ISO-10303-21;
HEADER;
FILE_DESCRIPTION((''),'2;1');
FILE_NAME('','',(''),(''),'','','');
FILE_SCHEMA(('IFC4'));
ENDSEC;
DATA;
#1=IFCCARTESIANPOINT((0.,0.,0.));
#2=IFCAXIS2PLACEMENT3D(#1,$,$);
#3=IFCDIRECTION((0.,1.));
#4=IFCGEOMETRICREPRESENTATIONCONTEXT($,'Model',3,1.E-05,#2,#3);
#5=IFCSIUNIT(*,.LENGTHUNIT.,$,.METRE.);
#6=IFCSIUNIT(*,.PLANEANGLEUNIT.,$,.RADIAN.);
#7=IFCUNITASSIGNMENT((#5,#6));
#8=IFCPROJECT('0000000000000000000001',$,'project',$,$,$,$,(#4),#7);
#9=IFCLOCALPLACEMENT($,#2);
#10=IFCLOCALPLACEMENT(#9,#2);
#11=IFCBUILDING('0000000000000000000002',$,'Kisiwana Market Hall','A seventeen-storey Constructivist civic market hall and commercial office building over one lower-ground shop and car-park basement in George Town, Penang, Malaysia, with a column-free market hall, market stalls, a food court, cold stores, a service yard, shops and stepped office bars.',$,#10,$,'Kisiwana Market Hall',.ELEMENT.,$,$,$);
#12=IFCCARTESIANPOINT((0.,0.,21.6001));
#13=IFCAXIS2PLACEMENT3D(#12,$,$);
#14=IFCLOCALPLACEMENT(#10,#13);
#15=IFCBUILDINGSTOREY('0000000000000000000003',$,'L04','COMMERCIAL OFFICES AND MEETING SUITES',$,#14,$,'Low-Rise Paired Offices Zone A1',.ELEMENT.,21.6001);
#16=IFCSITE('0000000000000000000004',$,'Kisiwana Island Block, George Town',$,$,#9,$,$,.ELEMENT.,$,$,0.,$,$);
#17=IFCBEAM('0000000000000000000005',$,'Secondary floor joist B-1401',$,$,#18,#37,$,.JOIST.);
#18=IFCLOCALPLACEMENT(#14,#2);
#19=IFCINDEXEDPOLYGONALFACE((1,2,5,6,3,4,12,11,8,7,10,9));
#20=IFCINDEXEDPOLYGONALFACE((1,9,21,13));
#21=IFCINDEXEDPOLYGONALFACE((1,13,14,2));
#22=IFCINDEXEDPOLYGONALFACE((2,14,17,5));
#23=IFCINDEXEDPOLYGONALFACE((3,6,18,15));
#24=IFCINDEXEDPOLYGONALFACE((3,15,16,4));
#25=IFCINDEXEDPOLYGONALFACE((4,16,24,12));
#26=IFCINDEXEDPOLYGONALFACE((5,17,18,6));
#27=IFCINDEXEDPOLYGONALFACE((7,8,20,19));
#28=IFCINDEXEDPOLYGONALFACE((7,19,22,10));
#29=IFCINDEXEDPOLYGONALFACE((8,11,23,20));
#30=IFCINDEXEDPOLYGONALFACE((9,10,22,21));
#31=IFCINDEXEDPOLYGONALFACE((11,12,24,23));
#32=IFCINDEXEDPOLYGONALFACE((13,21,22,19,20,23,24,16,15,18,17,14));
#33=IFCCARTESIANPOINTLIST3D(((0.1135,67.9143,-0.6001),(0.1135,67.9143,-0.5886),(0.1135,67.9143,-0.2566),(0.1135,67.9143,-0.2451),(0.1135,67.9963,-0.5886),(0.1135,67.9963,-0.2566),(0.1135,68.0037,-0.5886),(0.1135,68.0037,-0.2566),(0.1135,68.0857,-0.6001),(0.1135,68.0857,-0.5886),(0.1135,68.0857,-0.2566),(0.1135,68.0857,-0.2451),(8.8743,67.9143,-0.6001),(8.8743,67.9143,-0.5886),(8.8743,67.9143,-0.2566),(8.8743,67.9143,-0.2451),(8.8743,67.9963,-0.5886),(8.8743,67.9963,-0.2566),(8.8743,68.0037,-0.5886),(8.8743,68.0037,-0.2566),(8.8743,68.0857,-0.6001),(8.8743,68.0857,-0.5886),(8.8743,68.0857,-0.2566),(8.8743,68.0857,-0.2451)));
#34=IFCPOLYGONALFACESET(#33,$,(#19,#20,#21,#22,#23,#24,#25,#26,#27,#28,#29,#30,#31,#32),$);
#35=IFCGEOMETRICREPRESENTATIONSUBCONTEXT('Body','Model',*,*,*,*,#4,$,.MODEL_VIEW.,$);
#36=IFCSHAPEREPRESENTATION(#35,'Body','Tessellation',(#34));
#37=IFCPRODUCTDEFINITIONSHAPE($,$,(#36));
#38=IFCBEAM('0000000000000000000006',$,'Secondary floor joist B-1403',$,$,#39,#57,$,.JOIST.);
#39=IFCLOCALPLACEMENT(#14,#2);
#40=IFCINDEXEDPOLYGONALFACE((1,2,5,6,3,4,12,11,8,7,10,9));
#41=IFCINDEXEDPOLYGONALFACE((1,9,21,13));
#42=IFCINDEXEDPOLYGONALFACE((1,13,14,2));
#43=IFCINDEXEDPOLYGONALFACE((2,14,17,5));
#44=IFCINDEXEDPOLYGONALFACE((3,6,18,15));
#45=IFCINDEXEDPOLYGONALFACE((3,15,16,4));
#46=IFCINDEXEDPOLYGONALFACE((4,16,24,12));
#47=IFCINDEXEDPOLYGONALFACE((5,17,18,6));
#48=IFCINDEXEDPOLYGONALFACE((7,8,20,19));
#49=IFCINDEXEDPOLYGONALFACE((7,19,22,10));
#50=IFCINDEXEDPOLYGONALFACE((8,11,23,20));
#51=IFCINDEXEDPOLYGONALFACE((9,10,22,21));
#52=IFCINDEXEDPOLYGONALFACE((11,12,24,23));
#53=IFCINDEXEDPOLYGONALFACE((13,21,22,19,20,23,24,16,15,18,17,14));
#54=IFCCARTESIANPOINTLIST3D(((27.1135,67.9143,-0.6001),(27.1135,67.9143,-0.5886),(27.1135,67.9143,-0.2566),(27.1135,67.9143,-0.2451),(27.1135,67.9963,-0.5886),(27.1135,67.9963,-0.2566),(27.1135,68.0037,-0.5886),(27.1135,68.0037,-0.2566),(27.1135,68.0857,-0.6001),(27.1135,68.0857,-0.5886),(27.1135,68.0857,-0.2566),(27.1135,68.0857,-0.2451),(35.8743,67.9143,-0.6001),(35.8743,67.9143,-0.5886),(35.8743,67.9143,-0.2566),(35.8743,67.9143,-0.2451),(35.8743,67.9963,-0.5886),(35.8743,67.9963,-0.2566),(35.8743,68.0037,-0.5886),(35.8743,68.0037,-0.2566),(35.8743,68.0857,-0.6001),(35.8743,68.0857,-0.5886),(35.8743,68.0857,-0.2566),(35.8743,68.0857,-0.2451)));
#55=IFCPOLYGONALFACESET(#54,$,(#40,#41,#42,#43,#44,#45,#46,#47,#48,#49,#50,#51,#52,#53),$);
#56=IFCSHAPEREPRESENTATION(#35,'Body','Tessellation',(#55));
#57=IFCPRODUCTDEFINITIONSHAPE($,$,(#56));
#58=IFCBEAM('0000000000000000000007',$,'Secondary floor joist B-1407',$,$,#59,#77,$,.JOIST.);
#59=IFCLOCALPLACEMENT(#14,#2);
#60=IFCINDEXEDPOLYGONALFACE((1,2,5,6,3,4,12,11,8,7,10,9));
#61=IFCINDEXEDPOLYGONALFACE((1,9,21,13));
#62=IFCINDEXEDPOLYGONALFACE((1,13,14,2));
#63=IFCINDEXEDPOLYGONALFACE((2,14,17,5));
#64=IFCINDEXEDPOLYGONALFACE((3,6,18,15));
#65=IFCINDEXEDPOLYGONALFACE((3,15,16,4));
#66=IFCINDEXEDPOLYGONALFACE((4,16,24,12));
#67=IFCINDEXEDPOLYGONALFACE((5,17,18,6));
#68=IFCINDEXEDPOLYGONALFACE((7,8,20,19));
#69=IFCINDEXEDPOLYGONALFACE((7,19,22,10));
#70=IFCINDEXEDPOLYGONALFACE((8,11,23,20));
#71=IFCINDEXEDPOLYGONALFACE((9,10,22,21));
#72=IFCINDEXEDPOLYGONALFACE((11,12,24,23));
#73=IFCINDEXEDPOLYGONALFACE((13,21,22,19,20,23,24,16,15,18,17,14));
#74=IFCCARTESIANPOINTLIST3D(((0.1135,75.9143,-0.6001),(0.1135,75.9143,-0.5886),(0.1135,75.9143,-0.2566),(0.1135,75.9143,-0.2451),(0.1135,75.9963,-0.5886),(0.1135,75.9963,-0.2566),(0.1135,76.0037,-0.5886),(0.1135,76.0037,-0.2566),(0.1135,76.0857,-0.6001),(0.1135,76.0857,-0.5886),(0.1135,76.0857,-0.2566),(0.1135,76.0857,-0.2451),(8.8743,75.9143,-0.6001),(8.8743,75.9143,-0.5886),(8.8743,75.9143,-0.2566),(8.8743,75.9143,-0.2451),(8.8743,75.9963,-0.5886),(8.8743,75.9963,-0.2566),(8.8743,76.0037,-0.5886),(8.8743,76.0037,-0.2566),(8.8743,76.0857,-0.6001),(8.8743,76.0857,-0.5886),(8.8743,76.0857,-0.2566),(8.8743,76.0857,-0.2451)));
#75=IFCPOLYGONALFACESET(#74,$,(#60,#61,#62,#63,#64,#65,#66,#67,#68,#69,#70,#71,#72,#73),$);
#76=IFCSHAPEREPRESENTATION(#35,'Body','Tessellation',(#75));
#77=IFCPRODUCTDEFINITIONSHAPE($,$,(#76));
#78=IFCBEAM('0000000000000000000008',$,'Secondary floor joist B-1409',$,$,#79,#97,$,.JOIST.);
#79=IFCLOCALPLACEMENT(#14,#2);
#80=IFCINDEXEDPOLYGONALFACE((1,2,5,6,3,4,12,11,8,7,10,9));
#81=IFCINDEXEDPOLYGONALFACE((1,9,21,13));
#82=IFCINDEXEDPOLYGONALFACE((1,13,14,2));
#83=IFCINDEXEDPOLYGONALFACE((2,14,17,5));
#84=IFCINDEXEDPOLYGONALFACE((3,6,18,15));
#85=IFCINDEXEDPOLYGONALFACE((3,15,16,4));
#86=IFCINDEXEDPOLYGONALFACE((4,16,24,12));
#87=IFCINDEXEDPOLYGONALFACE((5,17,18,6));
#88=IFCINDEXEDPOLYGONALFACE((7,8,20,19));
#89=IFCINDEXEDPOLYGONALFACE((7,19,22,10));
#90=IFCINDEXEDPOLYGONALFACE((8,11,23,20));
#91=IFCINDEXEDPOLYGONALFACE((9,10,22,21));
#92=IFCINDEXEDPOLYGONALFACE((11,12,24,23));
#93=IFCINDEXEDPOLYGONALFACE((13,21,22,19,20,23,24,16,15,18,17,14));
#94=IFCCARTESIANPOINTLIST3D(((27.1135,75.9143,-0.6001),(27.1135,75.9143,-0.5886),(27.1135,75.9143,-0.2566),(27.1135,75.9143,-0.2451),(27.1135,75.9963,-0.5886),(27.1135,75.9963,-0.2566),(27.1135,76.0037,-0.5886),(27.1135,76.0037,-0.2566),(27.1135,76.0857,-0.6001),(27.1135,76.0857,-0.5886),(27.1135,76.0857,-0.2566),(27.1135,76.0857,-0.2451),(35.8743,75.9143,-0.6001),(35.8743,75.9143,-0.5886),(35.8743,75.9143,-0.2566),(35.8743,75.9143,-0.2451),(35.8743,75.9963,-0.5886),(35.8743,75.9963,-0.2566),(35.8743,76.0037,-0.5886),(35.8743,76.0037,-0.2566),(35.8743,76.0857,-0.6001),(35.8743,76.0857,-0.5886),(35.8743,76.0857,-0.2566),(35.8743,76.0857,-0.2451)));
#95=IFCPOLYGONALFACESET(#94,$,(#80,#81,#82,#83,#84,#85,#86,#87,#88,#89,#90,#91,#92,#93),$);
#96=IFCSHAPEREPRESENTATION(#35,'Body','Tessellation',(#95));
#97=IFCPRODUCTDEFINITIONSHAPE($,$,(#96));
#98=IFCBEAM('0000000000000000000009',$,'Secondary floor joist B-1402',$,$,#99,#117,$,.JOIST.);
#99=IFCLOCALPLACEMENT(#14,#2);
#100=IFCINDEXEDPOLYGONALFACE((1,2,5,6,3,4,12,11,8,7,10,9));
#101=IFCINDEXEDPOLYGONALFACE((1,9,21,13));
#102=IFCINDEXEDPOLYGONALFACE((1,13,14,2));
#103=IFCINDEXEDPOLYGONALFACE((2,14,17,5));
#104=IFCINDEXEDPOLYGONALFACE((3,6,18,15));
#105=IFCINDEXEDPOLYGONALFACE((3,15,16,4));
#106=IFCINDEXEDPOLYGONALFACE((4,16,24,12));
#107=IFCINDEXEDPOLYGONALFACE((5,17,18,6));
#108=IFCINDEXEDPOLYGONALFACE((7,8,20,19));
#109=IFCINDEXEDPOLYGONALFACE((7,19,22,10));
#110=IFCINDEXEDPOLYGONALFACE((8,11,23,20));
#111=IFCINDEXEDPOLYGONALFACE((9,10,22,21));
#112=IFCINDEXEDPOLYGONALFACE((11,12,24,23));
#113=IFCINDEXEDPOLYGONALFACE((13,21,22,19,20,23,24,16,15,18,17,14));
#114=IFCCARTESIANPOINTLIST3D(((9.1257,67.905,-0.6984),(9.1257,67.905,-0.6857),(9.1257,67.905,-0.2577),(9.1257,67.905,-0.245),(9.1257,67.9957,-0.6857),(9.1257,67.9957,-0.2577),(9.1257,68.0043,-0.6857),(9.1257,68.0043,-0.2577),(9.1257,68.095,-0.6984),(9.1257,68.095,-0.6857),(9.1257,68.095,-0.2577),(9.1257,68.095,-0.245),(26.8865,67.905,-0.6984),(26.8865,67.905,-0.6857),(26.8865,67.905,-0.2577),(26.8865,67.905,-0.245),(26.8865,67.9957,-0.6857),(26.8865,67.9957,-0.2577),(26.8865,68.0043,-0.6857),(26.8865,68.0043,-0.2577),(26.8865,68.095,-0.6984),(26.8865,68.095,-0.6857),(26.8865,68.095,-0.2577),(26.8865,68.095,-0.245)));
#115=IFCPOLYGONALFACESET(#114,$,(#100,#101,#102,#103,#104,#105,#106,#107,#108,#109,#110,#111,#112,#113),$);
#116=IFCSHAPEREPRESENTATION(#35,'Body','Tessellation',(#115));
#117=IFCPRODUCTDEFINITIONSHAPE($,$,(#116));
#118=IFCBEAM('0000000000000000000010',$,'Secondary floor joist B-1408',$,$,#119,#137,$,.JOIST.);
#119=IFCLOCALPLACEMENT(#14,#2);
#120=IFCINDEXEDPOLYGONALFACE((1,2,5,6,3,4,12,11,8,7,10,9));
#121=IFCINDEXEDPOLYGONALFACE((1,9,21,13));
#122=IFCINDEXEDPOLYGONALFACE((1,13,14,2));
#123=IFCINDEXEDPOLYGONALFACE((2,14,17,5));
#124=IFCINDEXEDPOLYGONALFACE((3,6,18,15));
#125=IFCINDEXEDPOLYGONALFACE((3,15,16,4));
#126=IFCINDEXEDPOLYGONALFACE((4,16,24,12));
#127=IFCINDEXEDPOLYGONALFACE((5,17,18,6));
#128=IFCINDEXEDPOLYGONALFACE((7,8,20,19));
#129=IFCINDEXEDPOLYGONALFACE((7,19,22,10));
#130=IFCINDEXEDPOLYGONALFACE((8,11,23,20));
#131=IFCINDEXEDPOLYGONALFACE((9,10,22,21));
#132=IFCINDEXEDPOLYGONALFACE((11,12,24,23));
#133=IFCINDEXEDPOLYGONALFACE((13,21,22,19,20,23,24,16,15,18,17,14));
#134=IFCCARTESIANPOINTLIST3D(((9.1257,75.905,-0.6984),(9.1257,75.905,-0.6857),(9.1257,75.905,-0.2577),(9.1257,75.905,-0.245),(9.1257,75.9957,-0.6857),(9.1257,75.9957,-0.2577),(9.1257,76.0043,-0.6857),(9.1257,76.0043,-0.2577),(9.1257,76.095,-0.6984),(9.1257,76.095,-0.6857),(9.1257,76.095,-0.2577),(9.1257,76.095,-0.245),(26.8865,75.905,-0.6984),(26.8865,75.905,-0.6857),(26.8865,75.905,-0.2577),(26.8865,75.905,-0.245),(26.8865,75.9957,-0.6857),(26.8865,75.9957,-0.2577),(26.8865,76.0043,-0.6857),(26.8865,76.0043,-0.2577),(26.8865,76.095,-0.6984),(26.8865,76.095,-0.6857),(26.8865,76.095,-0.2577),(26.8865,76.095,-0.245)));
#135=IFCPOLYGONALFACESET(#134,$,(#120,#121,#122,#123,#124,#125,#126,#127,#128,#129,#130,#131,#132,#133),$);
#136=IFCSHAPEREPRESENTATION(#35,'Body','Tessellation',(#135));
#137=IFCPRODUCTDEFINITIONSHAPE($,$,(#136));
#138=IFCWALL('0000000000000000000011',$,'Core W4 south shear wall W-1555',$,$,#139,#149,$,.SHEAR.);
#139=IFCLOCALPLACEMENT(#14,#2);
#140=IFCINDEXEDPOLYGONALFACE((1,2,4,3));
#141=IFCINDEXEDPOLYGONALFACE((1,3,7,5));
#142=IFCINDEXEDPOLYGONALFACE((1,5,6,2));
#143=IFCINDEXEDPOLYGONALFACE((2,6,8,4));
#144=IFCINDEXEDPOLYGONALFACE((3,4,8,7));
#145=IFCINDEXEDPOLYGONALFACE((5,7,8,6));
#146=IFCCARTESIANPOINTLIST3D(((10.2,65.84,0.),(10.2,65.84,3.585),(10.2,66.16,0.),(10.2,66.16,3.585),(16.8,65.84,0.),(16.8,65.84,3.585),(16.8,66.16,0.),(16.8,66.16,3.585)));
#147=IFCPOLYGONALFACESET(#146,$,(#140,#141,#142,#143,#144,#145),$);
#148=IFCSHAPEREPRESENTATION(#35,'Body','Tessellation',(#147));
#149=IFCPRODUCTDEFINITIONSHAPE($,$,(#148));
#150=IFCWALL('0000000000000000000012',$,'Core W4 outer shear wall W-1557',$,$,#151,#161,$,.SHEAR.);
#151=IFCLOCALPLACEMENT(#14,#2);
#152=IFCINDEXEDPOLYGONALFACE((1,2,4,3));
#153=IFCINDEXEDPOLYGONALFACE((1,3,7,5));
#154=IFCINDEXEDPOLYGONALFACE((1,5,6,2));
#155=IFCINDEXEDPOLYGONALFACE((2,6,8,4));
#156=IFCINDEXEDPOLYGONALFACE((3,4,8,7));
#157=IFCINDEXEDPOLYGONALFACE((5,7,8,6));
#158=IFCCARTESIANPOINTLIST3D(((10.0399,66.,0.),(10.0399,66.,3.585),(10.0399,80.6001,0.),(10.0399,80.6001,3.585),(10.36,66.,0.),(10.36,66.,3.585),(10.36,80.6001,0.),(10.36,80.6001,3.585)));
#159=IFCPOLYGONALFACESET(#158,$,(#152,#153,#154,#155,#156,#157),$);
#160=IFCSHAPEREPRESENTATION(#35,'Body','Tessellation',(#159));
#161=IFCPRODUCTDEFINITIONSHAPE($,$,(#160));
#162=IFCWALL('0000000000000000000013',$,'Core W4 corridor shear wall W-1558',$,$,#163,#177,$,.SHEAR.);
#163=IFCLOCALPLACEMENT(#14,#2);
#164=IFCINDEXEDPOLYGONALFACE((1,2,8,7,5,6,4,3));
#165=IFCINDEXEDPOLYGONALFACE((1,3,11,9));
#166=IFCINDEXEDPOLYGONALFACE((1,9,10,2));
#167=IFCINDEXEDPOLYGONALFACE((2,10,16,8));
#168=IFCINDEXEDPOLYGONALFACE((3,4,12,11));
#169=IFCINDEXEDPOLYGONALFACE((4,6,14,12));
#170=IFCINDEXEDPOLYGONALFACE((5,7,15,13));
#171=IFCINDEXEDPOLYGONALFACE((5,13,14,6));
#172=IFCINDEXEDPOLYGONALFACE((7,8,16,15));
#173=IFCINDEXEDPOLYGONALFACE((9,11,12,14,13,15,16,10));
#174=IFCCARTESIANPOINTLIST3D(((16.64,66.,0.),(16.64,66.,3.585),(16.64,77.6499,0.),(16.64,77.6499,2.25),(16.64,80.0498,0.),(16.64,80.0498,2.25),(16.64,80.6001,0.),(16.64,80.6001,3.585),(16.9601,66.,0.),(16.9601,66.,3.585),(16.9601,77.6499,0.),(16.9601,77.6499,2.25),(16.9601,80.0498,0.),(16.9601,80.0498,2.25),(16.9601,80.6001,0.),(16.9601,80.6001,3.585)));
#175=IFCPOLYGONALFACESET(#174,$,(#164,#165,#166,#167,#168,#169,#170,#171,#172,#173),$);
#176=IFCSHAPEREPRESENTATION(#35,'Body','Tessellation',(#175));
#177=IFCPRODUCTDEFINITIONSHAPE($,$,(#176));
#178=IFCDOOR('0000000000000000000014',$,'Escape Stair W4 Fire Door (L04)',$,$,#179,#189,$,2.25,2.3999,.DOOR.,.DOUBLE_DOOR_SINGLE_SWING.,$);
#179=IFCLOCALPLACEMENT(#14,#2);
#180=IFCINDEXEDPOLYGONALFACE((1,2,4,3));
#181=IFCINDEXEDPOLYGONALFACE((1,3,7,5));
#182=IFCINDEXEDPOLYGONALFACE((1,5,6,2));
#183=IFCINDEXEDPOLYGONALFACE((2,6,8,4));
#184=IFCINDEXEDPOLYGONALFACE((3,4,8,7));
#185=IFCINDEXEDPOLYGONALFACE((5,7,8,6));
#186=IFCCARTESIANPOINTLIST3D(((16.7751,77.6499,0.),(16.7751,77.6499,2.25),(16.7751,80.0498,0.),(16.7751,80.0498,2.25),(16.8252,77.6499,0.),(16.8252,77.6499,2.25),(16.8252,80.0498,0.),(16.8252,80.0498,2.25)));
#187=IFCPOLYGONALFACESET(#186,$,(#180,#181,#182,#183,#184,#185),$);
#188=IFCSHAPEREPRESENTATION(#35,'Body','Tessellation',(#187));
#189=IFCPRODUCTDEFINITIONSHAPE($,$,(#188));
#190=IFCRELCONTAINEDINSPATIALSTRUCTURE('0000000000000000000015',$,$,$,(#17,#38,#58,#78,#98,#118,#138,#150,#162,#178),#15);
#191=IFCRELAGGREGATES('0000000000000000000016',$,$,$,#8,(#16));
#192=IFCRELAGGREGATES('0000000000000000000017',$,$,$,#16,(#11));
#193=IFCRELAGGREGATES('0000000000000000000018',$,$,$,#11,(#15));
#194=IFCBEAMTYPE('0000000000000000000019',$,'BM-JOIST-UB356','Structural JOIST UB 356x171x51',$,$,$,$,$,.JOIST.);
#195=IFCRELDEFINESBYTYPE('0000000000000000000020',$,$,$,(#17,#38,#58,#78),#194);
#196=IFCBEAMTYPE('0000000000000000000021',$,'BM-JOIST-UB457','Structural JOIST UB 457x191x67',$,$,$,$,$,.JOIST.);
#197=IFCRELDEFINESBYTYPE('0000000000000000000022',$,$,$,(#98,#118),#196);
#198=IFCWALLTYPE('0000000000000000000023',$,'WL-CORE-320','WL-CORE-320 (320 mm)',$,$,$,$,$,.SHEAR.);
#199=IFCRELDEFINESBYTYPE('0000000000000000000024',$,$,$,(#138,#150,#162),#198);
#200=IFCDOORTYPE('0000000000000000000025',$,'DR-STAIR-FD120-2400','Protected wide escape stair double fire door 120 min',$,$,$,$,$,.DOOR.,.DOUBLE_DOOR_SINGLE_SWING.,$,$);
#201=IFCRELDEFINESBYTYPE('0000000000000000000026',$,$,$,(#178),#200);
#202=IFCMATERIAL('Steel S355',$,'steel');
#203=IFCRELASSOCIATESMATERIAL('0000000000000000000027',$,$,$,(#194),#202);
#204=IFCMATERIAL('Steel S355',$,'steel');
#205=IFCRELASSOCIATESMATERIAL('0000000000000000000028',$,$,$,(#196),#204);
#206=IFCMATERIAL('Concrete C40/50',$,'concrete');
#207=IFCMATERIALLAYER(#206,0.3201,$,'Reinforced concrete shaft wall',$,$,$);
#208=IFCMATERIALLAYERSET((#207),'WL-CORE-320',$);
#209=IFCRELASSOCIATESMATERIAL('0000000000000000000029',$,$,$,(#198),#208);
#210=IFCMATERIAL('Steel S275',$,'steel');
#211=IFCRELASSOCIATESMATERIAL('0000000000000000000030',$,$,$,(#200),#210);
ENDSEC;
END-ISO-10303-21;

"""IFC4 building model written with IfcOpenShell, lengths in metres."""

from ifc_helpers import new_model, si_unit, direction, frame, frame_2d, origin, origin_2d, place, context, subcontext, project, spatial, rectangle, i_section, extrude, material, layer, layer_set, material_profile, profile_set, type_object, element, fill, save


model = new_model("IFC4")

# Units and contexts
model_context = context("Model", 3, precision=1e-05, world=origin(), true_north=direction((0.0, 1.0)))
body_context = subcontext(model_context, "Body", "Model", "MODEL_VIEW")
ifc_project = project(units=[si_unit("LENGTHUNIT", "METRE"), si_unit("PLANEANGLEUNIT", "RADIAN")], contexts=[model_context])

# Site, building, storey
site_placement = place(None, origin())
site = spatial("IfcSite", under=ifc_project, at=site_placement, Name="Kisiwana Island Block, George Town", CompositionType="ELEMENT", RefElevation=0.0)
building_placement = place(site_placement, origin())
building = spatial("IfcBuilding", under=site, at=building_placement, Name="Kisiwana Market Hall", Description="A seventeen-storey Constructivist civic market hall and commercial office building over one lower-ground shop and car-park basement in George Town, Penang, Malaysia, with a column-free market hall, market stalls, a food court, cold stores, a service yard, shops and stepped office bars.", LongName="Kisiwana Market Hall", CompositionType="ELEMENT")
storey_placement = place(building_placement, frame((0.0, 0.0, 21.6001)))
storey = spatial("IfcBuildingStorey", under=building, at=storey_placement, Name="L04", Description="COMMERCIAL OFFICES AND MEETING SUITES", LongName="Low-Rise Paired Offices Zone A1", CompositionType="ELEMENT", Elevation=21.6001)

# Beams
ifc_material_1 = material(Name="Steel S355", Category="steel")
ifc_material_profile_1 = material_profile(ifc_material_1, i_section(OverallWidth=0.1714, OverallDepth=0.355, WebThickness=0.0073, FlangeThickness=0.0115, at=origin_2d()), Name="UB 356x171x51")
ifc_profile_set_1 = profile_set([ifc_material_profile_1], Name="Steel S355")
beam_type_1 = type_object("IfcBeamType", Name="BM-JOIST-UB356", Description="Structural JOIST UB 356x171x51", PredefinedType="JOIST", material=ifc_profile_set_1)
for number, where, z_axis, x_axis, name in (
    (1, (0.1135, 68.0, -0.4226), (1.0, 0.0, 0.0), (0.0, 1.0, 0.0), "Secondary floor joist B-1401"),
    (2, (27.1135, 68.0, -0.4226), (1.0, 0.0, 0.0), (0.0, 1.0, 0.0), "Secondary floor joist B-1403"),
    (3, (0.1135, 76.0, -0.4226), (1.0, 0.0, 0.0), (0.0, 1.0, 0.0), "Secondary floor joist B-1407"),
    (4, (27.1135, 76.0, -0.4226), (1.0, 0.0, 0.0), (0.0, 1.0, 0.0), "Secondary floor joist B-1409"),
):
    element("IfcBeam", number, at=place(storey_placement, frame(where, z_axis=z_axis, x_axis=x_axis)), inside=storey, type_object=beam_type_1, Name=name, PredefinedType="JOIST", context=body_context, shape_type="SweptSolid", body=[
        extrude(i_section(OverallWidth=0.1714, OverallDepth=0.355, WebThickness=0.0073, FlangeThickness=0.0115, at=origin_2d()), origin(), (0.0, 0.0, 1.0), 8.7607),
    ])
ifc_material_2 = material(Name="Steel S355", Category="steel")
ifc_material_profile_2 = material_profile(ifc_material_2, i_section(OverallWidth=0.1899, OverallDepth=0.4534, WebThickness=0.0085, FlangeThickness=0.0127, at=origin_2d()), Name="UB 457x191x67")
ifc_profile_set_2 = profile_set([ifc_material_profile_2], Name="Steel S355")
beam_type_2 = type_object("IfcBeamType", Name="BM-JOIST-UB457", Description="Structural JOIST UB 457x191x67", PredefinedType="JOIST", material=ifc_profile_set_2)
for number, where, z_axis, x_axis, name in (
    (5, (9.1257, 68.0, -0.4717), (1.0, 0.0, 0.0), (0.0, 1.0, 0.0), "Secondary floor joist B-1402"),
    (6, (9.1257, 76.0, -0.4717), (1.0, 0.0, 0.0), (0.0, 1.0, 0.0), "Secondary floor joist B-1408"),
):
    element("IfcBeam", number, at=place(storey_placement, frame(where, z_axis=z_axis, x_axis=x_axis)), inside=storey, type_object=beam_type_2, Name=name, PredefinedType="JOIST", context=body_context, shape_type="SweptSolid", body=[
        extrude(i_section(OverallWidth=0.1899, OverallDepth=0.4534, WebThickness=0.0085, FlangeThickness=0.0127, at=origin_2d()), origin(), (0.0, 0.0, 1.0), 17.7607),
    ])

# Walls
ifc_material_3 = material(Name="Concrete C40/50", Category="concrete")
ifc_layer_1 = layer(ifc_material_3, 0.3201, Name="Reinforced concrete shaft wall")
ifc_layer_set_1 = layer_set([ifc_layer_1], Name="WL-CORE-320")
wall_type_1 = type_object("IfcWallType", Name="WL-CORE-320", Description="WL-CORE-320 (320 mm)", PredefinedType="SHEAR", material=ifc_layer_set_1)
wall_1_placement = place(storey_placement, frame((10.2, 66.0, 0.0), z_axis=(0.0, 0.0, 1.0), x_axis=(1.0, 0.0, 0.0)))
element("IfcWall", 7, at=wall_1_placement, inside=storey, type_object=wall_type_1, Name="Core W4 south shear wall W-1555", PredefinedType="SHEAR", context=body_context, shape_type="SweptSolid", body=[
    extrude(rectangle(XDim=6.6001, YDim=0.3201, at=frame_2d((3.3, 0.0))), origin(), (0.0, 0.0, 1.0), 3.585),
])
wall_2_placement = place(storey_placement, frame((10.2, 66.0, 0.0), z_axis=(0.0, 0.0, 1.0), x_axis=(0.0, 1.0, 0.0)))
element("IfcWall", 8, at=wall_2_placement, inside=storey, type_object=wall_type_1, Name="Core W4 outer shear wall W-1557", PredefinedType="SHEAR", context=body_context, shape_type="SweptSolid", body=[
    extrude(rectangle(XDim=14.6001, YDim=0.3201, at=frame_2d((7.3, 0.0))), origin(), (0.0, 0.0, 1.0), 3.585),
])

# Wall, opening, door
wall_3_placement = place(storey_placement, frame((16.8, 66.0, 0.0), z_axis=(0.0, 0.0, 1.0), x_axis=(0.0, 1.0, 0.0)))
wall_3 = element("IfcWall", 9, at=wall_3_placement, inside=storey, type_object=wall_type_1, Name="Core W4 corridor shear wall W-1558", PredefinedType="SHEAR", context=body_context, shape_type="SweptSolid", body=[
    extrude(rectangle(XDim=14.6001, YDim=0.3201, at=frame_2d((7.3, 0.0))), origin(), (0.0, 0.0, 1.0), 3.585),
])
opening_1_placement = place(wall_3_placement, frame((11.6499, 0.0, 0.0)))
opening_1 = element("IfcOpeningElement", 10, at=opening_1_placement, cuts=wall_3, PredefinedType="OPENING", context=body_context, shape_type="SweptSolid", body=[
    extrude(rectangle(XDim=2.3999, YDim=2.25, at=frame_2d((1.2, 1.125))), frame((0.0, 0.1719, 0.0), z_axis=(0.0, -1.0, 0.0), x_axis=(1.0, 0.0, 0.0)), (0.0, 0.0, 1.0), 0.344),
])
ifc_material_4 = material(Name="Steel S275", Category="steel")
door_type = type_object("IfcDoorType", Name="DR-STAIR-FD120-2400", Description="Protected wide escape stair double fire door 120 min", OperationType="DOUBLE_DOOR_SINGLE_SWING", PredefinedType="DOOR", material=ifc_material_4)
door_1_placement = place(opening_1_placement, origin())
door_1 = element("IfcDoor", 11, at=door_1_placement, inside=storey, type_object=door_type, Name="Escape Stair W4 Fire Door (L04)", OperationType="DOUBLE_DOOR_SINGLE_SWING", OverallHeight=2.25, OverallWidth=2.3999, PredefinedType="DOOR", context=body_context, shape_type="SweptSolid", body=[
    extrude(rectangle(XDim=2.3999, YDim=2.25, at=frame_2d((1.2, 1.125))), frame((0.0, 0.0249, 0.0), z_axis=(0.0, -1.0, 0.0), x_axis=(1.0, 0.0, 0.0)), (0.0, 0.0, 1.0), 0.05),
])
fill(opening_1, door_1)

save(model, "model.ifc")
